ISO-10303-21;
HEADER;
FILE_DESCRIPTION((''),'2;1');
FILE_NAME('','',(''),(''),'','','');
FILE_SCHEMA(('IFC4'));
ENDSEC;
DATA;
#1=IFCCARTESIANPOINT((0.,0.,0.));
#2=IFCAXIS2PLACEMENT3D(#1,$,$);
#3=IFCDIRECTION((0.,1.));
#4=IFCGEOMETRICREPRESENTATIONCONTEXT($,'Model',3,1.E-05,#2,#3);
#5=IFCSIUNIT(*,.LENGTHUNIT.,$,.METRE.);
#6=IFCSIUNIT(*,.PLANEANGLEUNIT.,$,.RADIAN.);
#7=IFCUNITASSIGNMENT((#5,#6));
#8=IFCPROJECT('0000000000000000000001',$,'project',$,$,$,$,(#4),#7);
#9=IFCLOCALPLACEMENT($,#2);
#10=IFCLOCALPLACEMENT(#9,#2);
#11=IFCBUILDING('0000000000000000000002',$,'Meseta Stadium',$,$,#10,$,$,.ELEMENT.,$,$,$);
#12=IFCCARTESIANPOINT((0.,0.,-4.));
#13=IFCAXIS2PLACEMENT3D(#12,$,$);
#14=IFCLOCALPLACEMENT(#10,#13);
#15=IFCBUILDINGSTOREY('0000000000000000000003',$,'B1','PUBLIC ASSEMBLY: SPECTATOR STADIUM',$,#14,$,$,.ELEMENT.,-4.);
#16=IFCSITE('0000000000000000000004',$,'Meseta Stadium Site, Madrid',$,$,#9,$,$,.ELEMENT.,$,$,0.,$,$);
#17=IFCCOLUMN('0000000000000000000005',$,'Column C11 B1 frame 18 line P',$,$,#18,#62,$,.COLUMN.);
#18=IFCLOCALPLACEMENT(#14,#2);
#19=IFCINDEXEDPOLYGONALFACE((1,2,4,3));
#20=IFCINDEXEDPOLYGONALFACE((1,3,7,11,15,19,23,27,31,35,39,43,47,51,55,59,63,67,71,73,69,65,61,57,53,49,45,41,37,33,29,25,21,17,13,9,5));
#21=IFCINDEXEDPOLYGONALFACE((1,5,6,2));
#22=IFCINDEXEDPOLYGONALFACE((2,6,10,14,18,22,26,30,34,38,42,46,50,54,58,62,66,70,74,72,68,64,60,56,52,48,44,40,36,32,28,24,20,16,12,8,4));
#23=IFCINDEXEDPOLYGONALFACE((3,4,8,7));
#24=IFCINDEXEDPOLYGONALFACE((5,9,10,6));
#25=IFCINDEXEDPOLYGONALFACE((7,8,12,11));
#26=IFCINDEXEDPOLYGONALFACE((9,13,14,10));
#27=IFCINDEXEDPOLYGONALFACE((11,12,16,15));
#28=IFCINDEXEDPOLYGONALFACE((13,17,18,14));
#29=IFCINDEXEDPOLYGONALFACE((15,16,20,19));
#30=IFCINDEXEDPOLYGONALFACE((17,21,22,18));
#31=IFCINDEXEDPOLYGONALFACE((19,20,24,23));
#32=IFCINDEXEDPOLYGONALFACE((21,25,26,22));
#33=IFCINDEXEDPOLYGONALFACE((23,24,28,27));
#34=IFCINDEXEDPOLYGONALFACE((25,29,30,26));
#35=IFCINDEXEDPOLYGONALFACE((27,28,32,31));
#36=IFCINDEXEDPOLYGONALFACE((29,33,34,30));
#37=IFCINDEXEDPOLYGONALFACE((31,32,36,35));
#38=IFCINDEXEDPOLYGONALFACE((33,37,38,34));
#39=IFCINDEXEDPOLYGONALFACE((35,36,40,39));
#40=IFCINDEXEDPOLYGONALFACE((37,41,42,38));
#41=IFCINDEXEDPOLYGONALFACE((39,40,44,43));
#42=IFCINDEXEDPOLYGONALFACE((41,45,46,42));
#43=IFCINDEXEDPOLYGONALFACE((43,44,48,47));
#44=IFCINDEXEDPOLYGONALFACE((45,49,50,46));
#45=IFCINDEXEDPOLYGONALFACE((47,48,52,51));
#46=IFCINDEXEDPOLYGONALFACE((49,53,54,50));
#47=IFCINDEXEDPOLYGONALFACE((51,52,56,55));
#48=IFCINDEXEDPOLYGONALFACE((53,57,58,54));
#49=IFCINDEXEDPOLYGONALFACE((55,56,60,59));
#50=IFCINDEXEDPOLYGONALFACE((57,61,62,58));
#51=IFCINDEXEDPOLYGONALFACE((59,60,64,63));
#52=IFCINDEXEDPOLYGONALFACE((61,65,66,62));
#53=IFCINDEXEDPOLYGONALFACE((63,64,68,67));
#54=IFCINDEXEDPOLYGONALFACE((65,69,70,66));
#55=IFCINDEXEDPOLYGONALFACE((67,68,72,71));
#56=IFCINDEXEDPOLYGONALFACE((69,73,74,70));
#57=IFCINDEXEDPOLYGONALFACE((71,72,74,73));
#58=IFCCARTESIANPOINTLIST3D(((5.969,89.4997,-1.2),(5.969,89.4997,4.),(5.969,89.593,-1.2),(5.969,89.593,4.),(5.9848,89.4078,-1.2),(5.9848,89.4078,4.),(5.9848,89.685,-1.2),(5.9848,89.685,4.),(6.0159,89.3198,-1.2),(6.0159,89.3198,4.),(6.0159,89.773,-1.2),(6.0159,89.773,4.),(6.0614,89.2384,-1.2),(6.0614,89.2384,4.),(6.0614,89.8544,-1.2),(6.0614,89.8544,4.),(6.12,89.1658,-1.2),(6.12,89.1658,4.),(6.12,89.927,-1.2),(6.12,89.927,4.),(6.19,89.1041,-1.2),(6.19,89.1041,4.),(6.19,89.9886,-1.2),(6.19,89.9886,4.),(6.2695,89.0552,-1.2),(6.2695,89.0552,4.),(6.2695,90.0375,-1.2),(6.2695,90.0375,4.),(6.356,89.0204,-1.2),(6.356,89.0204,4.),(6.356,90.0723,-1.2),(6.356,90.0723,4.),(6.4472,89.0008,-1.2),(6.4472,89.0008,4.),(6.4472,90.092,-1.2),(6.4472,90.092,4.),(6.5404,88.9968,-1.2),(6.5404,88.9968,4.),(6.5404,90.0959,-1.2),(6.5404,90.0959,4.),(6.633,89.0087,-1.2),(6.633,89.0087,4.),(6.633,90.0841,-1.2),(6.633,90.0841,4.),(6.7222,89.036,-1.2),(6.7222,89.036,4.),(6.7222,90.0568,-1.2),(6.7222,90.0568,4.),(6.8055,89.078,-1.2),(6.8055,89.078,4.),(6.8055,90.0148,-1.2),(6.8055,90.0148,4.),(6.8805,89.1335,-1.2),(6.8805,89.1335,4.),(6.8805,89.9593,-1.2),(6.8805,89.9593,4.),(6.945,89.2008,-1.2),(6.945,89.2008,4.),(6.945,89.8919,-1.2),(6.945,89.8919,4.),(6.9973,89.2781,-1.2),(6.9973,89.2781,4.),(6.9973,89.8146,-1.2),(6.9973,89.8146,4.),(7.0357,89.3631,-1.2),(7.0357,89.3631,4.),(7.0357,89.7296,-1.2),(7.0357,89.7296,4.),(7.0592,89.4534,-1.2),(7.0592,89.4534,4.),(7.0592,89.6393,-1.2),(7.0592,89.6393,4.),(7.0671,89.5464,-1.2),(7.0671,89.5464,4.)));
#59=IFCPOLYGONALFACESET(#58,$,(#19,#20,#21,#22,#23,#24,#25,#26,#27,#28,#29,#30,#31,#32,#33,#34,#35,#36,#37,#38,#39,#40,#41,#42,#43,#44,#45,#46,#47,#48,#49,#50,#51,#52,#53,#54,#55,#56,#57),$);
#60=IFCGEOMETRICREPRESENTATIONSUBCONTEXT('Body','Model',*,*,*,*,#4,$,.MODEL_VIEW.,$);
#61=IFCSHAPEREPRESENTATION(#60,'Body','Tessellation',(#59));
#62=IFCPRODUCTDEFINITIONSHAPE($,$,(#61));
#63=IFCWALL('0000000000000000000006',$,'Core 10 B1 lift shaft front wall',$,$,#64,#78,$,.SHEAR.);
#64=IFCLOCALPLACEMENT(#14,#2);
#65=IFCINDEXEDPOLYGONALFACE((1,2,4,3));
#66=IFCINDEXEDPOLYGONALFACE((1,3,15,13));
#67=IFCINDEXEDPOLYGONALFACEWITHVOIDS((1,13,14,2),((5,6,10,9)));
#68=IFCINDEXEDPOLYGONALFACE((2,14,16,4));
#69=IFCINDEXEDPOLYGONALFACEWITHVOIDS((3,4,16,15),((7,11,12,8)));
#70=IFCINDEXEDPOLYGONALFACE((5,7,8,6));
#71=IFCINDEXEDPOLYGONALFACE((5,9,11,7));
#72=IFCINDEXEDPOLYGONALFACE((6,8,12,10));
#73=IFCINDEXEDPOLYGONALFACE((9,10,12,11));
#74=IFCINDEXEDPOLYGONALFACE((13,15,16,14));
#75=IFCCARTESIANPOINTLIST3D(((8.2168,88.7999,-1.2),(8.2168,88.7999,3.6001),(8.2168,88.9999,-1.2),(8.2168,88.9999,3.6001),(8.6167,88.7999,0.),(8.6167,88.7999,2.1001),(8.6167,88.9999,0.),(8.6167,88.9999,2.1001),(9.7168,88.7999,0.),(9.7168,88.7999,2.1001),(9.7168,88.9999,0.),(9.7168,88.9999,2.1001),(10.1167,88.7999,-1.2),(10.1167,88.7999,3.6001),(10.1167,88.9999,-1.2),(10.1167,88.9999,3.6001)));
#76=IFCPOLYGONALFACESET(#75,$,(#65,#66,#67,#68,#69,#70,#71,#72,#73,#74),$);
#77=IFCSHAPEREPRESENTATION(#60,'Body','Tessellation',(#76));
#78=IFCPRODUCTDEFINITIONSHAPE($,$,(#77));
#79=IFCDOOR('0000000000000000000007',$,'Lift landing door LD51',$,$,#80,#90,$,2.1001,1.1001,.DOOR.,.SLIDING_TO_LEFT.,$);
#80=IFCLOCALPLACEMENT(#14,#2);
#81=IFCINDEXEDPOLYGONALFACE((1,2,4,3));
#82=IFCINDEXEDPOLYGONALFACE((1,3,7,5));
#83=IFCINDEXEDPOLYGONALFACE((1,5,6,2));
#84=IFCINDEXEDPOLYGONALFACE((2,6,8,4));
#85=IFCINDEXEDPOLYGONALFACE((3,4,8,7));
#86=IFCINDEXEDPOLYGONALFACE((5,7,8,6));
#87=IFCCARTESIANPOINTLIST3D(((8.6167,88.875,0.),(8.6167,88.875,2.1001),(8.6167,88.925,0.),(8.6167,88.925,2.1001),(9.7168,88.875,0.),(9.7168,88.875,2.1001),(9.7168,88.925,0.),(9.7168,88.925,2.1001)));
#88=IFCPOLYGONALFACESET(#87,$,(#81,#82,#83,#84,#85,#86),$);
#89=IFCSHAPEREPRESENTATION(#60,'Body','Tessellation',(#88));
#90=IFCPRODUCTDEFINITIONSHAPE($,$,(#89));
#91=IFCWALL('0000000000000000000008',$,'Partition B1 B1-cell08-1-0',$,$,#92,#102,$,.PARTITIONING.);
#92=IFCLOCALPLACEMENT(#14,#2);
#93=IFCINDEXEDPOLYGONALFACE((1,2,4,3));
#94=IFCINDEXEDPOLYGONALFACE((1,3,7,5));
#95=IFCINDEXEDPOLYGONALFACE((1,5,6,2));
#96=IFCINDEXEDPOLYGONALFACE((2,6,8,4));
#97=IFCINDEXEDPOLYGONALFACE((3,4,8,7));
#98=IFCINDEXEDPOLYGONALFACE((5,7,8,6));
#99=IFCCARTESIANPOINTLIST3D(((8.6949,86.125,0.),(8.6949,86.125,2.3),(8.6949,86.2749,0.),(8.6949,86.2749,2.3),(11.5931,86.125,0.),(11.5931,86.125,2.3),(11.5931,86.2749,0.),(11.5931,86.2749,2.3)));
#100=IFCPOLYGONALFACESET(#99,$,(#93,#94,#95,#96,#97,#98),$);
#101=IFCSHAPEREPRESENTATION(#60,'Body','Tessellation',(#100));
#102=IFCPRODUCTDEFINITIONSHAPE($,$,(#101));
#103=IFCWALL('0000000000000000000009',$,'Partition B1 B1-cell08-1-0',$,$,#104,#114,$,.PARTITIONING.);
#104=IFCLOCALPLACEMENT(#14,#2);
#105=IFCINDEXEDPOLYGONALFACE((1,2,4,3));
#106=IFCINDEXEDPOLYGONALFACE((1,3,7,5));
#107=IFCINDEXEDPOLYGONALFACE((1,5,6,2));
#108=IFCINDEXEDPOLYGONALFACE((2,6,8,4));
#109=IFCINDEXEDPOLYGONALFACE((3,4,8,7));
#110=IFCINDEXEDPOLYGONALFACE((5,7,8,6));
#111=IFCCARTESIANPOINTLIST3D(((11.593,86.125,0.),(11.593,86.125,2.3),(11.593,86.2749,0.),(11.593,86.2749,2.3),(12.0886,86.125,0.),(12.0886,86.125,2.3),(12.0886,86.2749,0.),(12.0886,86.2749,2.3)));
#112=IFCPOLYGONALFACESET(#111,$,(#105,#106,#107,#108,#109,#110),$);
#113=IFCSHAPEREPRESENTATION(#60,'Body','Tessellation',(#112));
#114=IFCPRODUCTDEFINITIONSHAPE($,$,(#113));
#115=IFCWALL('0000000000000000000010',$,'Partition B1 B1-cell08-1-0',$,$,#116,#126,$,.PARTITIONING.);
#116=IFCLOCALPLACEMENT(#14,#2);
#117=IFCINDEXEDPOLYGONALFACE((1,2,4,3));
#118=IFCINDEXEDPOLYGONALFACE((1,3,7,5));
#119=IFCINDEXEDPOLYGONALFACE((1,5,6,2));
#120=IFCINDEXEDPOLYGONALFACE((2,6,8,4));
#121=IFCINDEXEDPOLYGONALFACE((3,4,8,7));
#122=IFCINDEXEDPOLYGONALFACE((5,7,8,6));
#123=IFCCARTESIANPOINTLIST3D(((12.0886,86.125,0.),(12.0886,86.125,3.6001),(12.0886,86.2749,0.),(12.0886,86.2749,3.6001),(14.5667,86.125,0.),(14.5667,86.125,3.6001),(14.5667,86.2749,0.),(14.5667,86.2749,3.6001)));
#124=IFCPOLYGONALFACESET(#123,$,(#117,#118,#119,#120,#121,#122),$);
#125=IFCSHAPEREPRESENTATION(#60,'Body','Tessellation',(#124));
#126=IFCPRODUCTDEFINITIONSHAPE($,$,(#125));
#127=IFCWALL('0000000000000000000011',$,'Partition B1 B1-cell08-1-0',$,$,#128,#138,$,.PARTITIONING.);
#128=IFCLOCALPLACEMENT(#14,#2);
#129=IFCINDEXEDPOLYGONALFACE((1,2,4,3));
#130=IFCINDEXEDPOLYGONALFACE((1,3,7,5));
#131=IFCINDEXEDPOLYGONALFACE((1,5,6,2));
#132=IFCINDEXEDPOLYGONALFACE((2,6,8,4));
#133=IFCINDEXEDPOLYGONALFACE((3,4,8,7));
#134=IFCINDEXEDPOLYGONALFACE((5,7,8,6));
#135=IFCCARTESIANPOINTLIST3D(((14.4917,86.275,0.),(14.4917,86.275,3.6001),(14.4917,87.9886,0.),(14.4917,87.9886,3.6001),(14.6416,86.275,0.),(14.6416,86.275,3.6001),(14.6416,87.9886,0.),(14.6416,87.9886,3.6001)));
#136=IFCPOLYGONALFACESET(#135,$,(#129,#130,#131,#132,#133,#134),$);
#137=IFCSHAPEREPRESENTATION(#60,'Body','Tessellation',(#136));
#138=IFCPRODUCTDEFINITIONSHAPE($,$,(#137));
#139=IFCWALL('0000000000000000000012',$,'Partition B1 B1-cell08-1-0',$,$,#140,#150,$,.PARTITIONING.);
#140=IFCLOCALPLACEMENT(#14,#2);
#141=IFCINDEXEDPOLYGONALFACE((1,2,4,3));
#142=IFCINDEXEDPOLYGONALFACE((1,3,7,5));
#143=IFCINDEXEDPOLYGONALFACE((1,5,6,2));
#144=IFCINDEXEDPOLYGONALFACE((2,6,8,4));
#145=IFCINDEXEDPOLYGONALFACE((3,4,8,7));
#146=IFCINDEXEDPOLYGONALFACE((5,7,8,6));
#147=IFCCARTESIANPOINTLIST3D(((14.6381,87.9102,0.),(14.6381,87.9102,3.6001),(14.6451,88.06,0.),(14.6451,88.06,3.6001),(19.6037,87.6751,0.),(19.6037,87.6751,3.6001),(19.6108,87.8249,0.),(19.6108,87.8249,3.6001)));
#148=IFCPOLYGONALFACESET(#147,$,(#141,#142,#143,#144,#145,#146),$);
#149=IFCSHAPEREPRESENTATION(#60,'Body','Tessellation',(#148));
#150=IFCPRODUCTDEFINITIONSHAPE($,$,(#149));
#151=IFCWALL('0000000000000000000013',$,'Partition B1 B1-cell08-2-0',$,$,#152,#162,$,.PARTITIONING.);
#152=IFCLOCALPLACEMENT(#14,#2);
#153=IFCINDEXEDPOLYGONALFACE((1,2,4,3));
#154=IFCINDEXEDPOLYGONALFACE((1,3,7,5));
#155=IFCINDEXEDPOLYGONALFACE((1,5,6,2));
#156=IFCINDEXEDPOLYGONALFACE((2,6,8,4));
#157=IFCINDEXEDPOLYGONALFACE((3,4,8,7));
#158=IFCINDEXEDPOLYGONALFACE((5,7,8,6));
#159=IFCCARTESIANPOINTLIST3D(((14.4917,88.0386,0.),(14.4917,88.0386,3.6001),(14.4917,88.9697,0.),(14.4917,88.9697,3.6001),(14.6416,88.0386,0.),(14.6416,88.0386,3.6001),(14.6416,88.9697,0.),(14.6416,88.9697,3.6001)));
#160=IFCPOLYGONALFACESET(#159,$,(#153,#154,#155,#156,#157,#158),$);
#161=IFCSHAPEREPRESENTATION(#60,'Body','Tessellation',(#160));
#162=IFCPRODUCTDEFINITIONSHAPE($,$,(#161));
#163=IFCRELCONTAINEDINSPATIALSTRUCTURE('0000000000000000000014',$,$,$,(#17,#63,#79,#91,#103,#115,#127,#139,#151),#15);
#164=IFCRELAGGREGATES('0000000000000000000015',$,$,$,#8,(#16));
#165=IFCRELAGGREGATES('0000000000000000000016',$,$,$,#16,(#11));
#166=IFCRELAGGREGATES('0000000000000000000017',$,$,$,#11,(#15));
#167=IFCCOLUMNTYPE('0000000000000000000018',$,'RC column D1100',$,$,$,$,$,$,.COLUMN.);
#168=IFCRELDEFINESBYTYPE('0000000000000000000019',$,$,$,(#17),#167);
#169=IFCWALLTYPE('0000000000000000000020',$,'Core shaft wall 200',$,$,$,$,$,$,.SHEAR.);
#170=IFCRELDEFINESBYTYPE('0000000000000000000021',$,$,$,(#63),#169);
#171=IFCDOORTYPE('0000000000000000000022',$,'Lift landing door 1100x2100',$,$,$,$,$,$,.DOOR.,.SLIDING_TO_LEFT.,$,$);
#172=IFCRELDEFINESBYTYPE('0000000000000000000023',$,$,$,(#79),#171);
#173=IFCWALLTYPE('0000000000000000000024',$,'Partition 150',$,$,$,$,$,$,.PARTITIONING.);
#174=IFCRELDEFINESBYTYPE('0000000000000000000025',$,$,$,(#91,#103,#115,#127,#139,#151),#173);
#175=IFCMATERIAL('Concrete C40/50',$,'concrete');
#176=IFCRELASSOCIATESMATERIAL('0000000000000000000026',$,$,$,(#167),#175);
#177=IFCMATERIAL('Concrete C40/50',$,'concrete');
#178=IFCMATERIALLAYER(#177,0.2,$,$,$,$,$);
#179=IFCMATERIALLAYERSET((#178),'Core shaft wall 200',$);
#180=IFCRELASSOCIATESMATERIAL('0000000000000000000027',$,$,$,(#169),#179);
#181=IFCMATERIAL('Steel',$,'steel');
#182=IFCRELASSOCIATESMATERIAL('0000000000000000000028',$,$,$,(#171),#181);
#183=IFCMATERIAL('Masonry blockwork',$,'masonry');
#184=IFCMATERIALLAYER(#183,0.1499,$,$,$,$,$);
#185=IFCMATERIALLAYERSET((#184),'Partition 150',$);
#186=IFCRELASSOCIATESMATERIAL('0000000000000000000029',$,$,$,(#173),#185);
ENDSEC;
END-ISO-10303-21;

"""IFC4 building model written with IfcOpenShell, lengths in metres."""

from ifc_helpers import new_model, si_unit, direction, frame, frame_2d, origin, origin_2d, place, context, subcontext, project, spatial, rectangle, circle, extrude, material, layer, layer_set, material_profile, profile_set, type_object, element, fill, save


model = new_model("IFC4")

# Units and contexts
model_context = context("Model", 3, precision=1e-05, world=origin(), true_north=direction((0.0, 1.0)))
body_context = subcontext(model_context, "Body", "Model", "MODEL_VIEW")
ifc_project = project(units=[si_unit("LENGTHUNIT", "METRE"), si_unit("PLANEANGLEUNIT", "RADIAN")], contexts=[model_context])

# Site, building, storey
site_placement = place(None, origin())
site = spatial("IfcSite", under=ifc_project, at=site_placement, Name="Meseta Stadium Site, Madrid", CompositionType="ELEMENT", RefElevation=0.0)
building_placement = place(site_placement, origin())
building = spatial("IfcBuilding", under=site, at=building_placement, Name="Meseta Stadium", CompositionType="ELEMENT")
storey_placement = place(building_placement, frame((0.0, 0.0, -4.0)))
storey = spatial("IfcBuildingStorey", under=building, at=storey_placement, Name="B1", Description="PUBLIC ASSEMBLY: SPECTATOR STADIUM", CompositionType="ELEMENT", Elevation=-4.0)

# Column
ifc_material_1 = material(Name="Concrete C40/50", Category="concrete")
ifc_material_profile = material_profile(ifc_material_1, circle(Radius=0.55, at=origin_2d()), Name="RC D1100")
ifc_profile_set = profile_set([ifc_material_profile], Name="Concrete C40/50")
column_type = type_object("IfcColumnType", Name="RC column D1100", PredefinedType="COLUMN", material=ifc_profile_set)
column_placement = place(storey_placement, frame((6.5171, 89.5464, -1.2), z_axis=(0.0, 0.0, 1.0), x_axis=(1.0, 0.0, 0.0)))
element("IfcColumn", 1, at=column_placement, inside=storey, type_object=column_type, Name="Column C11 B1 frame 18 line P", PredefinedType="COLUMN", context=body_context, shape_type="SweptSolid", body=[
    extrude(circle(Radius=0.55, at=origin_2d()), origin(), (0.0, 0.0, 1.0), 5.2),
])

# Wall, opening, door
ifc_material_2 = material(Name="Concrete C40/50", Category="concrete")
ifc_layer_1 = layer(ifc_material_2, 0.2)
ifc_layer_set_1 = layer_set([ifc_layer_1], Name="Core shaft wall 200")
wall_type_1 = type_object("IfcWallType", Name="Core shaft wall 200", PredefinedType="SHEAR", material=ifc_layer_set_1)
wall_1_placement = place(storey_placement, frame((10.1167, 88.8999, -1.2), z_axis=(0.0, 0.0, 1.0), x_axis=(-1.0, 0.0, 0.0)))
wall_1 = element("IfcWall", 2, at=wall_1_placement, inside=storey, type_object=wall_type_1, Name="Core 10 B1 lift shaft front wall", PredefinedType="SHEAR", context=body_context, shape_type="SweptSolid", body=[
    extrude(rectangle(XDim=1.8999, YDim=0.2, at=frame_2d((0.95, 0.0))), origin(), (0.0, 0.0, 1.0), 4.8),
])
opening_1_placement = place(wall_1_placement, frame((0.3999, 0.0, 1.2)))
opening_1 = element("IfcOpeningElement", 3, at=opening_1_placement, cuts=wall_1, PredefinedType="OPENING", context=body_context, shape_type="SweptSolid", body=[
    extrude(rectangle(XDim=1.1001, YDim=2.1001, at=frame_2d((0.55, 1.05))), frame((0.0, 0.1099, 0.0), z_axis=(0.0, -1.0, 0.0), x_axis=(1.0, 0.0, 0.0)), (0.0, 0.0, 1.0), 0.22),
])
ifc_material_3 = material(Name="Steel", Category="steel")
door_type_1 = type_object("IfcDoorType", Name="Lift landing door 1100x2100", OperationType="SLIDING_TO_LEFT", PredefinedType="DOOR", material=ifc_material_3)
door_1_placement = place(opening_1_placement, origin())
door_1 = element("IfcDoor", 4, at=door_1_placement, inside=storey, type_object=door_type_1, Name="Lift landing door LD51", OperationType="SLIDING_TO_LEFT", OverallHeight=2.1001, OverallWidth=1.1001, PredefinedType="DOOR", context=body_context, shape_type="SweptSolid", body=[
    extrude(rectangle(XDim=1.1001, YDim=2.1001, at=frame_2d((0.55, 1.05))), frame((0.0, 0.0249, 0.0), z_axis=(0.0, -1.0, 0.0), x_axis=(1.0, 0.0, 0.0)), (0.0, 0.0, 1.0), 0.05),
])
fill(opening_1, door_1)

# Walls
ifc_material_4 = material(Name="Masonry blockwork", Category="masonry")
ifc_layer_2 = layer(ifc_material_4, 0.1499)
ifc_layer_set_2 = layer_set([ifc_layer_2], Name="Partition 150")
wall_type_2 = type_object("IfcWallType", Name="Partition 150", PredefinedType="PARTITIONING", material=ifc_layer_set_2)
wall_2_placement = place(storey_placement, frame((8.6948, 86.2, 0.0), z_axis=(0.0, 0.0, 1.0), x_axis=(1.0, 0.0, 0.0)))
element("IfcWall", 5, at=wall_2_placement, inside=storey, type_object=wall_type_2, Name="Partition B1 B1-cell08-1-0", PredefinedType="PARTITIONING", context=body_context, shape_type="SweptSolid", body=[
    extrude(rectangle(XDim=2.8982, YDim=0.1499, at=frame_2d((1.4492, 0.0))), origin(), (0.0, 0.0, 1.0), 2.3),
])
wall_3_placement = place(storey_placement, frame((11.593, 86.2, 0.0), z_axis=(0.0, 0.0, 1.0), x_axis=(1.0, 0.0, 0.0)))
element("IfcWall", 6, at=wall_3_placement, inside=storey, type_object=wall_type_2, Name="Partition B1 B1-cell08-1-0", PredefinedType="PARTITIONING", context=body_context, shape_type="SweptSolid", body=[
    extrude(rectangle(XDim=0.4956, YDim=0.1499, at=frame_2d((0.2478, 0.0))), origin(), (0.0, 0.0, 1.0), 2.3),
])
wall_4_placement = place(storey_placement, frame((12.0886, 86.2, 0.0), z_axis=(0.0, 0.0, 1.0), x_axis=(1.0, 0.0, 0.0)))
element("IfcWall", 7, at=wall_4_placement, inside=storey, type_object=wall_type_2, Name="Partition B1 B1-cell08-1-0", PredefinedType="PARTITIONING", context=body_context, shape_type="SweptSolid", body=[
    extrude(rectangle(XDim=2.478, YDim=0.1499, at=frame_2d((1.239, 0.0))), origin(), (0.0, 0.0, 1.0), 3.6001),
])
wall_5_placement = place(storey_placement, frame((14.5667, 86.2749, 0.0), z_axis=(0.0, 0.0, 1.0), x_axis=(0.0, 1.0, 0.0)))
element("IfcWall", 8, at=wall_5_placement, inside=storey, type_object=wall_type_2, Name="Partition B1 B1-cell08-1-0", PredefinedType="PARTITIONING", context=body_context, shape_type="SweptSolid", body=[
    extrude(rectangle(XDim=1.7136, YDim=0.1499, at=frame_2d((0.8569, 0.0))), origin(), (0.0, 0.0, 1.0), 3.6001),
])
wall_6_placement = place(storey_placement, frame((14.6416, 87.9851, 0.0), z_axis=(0.0, 0.0, 1.0), x_axis=(0.998881, -0.047294, 0.0)))
element("IfcWall", 9, at=wall_6_placement, inside=storey, type_object=wall_type_2, Name="Partition B1 B1-cell08-1-0", PredefinedType="PARTITIONING", context=body_context, shape_type="SweptSolid", body=[
    extrude(rectangle(XDim=4.9712, YDim=0.1499, at=frame_2d((2.4856, 0.0))), origin(), (0.0, 0.0, 1.0), 3.6001),
])
wall_7_placement = place(storey_placement, frame((14.5667, 88.0386, 0.0), z_axis=(0.0, 0.0, 1.0), x_axis=(0.0, 1.0, 0.0)))
element("IfcWall", 10, at=wall_7_placement, inside=storey, type_object=wall_type_2, Name="Partition B1 B1-cell08-2-0", PredefinedType="PARTITIONING", context=body_context, shape_type="SweptSolid", body=[
    extrude(rectangle(XDim=0.9312, YDim=0.1499, at=frame_2d((0.4656, 0.0))), origin(), (0.0, 0.0, 1.0), 3.6001),
])

save(model, "model.ifc")
